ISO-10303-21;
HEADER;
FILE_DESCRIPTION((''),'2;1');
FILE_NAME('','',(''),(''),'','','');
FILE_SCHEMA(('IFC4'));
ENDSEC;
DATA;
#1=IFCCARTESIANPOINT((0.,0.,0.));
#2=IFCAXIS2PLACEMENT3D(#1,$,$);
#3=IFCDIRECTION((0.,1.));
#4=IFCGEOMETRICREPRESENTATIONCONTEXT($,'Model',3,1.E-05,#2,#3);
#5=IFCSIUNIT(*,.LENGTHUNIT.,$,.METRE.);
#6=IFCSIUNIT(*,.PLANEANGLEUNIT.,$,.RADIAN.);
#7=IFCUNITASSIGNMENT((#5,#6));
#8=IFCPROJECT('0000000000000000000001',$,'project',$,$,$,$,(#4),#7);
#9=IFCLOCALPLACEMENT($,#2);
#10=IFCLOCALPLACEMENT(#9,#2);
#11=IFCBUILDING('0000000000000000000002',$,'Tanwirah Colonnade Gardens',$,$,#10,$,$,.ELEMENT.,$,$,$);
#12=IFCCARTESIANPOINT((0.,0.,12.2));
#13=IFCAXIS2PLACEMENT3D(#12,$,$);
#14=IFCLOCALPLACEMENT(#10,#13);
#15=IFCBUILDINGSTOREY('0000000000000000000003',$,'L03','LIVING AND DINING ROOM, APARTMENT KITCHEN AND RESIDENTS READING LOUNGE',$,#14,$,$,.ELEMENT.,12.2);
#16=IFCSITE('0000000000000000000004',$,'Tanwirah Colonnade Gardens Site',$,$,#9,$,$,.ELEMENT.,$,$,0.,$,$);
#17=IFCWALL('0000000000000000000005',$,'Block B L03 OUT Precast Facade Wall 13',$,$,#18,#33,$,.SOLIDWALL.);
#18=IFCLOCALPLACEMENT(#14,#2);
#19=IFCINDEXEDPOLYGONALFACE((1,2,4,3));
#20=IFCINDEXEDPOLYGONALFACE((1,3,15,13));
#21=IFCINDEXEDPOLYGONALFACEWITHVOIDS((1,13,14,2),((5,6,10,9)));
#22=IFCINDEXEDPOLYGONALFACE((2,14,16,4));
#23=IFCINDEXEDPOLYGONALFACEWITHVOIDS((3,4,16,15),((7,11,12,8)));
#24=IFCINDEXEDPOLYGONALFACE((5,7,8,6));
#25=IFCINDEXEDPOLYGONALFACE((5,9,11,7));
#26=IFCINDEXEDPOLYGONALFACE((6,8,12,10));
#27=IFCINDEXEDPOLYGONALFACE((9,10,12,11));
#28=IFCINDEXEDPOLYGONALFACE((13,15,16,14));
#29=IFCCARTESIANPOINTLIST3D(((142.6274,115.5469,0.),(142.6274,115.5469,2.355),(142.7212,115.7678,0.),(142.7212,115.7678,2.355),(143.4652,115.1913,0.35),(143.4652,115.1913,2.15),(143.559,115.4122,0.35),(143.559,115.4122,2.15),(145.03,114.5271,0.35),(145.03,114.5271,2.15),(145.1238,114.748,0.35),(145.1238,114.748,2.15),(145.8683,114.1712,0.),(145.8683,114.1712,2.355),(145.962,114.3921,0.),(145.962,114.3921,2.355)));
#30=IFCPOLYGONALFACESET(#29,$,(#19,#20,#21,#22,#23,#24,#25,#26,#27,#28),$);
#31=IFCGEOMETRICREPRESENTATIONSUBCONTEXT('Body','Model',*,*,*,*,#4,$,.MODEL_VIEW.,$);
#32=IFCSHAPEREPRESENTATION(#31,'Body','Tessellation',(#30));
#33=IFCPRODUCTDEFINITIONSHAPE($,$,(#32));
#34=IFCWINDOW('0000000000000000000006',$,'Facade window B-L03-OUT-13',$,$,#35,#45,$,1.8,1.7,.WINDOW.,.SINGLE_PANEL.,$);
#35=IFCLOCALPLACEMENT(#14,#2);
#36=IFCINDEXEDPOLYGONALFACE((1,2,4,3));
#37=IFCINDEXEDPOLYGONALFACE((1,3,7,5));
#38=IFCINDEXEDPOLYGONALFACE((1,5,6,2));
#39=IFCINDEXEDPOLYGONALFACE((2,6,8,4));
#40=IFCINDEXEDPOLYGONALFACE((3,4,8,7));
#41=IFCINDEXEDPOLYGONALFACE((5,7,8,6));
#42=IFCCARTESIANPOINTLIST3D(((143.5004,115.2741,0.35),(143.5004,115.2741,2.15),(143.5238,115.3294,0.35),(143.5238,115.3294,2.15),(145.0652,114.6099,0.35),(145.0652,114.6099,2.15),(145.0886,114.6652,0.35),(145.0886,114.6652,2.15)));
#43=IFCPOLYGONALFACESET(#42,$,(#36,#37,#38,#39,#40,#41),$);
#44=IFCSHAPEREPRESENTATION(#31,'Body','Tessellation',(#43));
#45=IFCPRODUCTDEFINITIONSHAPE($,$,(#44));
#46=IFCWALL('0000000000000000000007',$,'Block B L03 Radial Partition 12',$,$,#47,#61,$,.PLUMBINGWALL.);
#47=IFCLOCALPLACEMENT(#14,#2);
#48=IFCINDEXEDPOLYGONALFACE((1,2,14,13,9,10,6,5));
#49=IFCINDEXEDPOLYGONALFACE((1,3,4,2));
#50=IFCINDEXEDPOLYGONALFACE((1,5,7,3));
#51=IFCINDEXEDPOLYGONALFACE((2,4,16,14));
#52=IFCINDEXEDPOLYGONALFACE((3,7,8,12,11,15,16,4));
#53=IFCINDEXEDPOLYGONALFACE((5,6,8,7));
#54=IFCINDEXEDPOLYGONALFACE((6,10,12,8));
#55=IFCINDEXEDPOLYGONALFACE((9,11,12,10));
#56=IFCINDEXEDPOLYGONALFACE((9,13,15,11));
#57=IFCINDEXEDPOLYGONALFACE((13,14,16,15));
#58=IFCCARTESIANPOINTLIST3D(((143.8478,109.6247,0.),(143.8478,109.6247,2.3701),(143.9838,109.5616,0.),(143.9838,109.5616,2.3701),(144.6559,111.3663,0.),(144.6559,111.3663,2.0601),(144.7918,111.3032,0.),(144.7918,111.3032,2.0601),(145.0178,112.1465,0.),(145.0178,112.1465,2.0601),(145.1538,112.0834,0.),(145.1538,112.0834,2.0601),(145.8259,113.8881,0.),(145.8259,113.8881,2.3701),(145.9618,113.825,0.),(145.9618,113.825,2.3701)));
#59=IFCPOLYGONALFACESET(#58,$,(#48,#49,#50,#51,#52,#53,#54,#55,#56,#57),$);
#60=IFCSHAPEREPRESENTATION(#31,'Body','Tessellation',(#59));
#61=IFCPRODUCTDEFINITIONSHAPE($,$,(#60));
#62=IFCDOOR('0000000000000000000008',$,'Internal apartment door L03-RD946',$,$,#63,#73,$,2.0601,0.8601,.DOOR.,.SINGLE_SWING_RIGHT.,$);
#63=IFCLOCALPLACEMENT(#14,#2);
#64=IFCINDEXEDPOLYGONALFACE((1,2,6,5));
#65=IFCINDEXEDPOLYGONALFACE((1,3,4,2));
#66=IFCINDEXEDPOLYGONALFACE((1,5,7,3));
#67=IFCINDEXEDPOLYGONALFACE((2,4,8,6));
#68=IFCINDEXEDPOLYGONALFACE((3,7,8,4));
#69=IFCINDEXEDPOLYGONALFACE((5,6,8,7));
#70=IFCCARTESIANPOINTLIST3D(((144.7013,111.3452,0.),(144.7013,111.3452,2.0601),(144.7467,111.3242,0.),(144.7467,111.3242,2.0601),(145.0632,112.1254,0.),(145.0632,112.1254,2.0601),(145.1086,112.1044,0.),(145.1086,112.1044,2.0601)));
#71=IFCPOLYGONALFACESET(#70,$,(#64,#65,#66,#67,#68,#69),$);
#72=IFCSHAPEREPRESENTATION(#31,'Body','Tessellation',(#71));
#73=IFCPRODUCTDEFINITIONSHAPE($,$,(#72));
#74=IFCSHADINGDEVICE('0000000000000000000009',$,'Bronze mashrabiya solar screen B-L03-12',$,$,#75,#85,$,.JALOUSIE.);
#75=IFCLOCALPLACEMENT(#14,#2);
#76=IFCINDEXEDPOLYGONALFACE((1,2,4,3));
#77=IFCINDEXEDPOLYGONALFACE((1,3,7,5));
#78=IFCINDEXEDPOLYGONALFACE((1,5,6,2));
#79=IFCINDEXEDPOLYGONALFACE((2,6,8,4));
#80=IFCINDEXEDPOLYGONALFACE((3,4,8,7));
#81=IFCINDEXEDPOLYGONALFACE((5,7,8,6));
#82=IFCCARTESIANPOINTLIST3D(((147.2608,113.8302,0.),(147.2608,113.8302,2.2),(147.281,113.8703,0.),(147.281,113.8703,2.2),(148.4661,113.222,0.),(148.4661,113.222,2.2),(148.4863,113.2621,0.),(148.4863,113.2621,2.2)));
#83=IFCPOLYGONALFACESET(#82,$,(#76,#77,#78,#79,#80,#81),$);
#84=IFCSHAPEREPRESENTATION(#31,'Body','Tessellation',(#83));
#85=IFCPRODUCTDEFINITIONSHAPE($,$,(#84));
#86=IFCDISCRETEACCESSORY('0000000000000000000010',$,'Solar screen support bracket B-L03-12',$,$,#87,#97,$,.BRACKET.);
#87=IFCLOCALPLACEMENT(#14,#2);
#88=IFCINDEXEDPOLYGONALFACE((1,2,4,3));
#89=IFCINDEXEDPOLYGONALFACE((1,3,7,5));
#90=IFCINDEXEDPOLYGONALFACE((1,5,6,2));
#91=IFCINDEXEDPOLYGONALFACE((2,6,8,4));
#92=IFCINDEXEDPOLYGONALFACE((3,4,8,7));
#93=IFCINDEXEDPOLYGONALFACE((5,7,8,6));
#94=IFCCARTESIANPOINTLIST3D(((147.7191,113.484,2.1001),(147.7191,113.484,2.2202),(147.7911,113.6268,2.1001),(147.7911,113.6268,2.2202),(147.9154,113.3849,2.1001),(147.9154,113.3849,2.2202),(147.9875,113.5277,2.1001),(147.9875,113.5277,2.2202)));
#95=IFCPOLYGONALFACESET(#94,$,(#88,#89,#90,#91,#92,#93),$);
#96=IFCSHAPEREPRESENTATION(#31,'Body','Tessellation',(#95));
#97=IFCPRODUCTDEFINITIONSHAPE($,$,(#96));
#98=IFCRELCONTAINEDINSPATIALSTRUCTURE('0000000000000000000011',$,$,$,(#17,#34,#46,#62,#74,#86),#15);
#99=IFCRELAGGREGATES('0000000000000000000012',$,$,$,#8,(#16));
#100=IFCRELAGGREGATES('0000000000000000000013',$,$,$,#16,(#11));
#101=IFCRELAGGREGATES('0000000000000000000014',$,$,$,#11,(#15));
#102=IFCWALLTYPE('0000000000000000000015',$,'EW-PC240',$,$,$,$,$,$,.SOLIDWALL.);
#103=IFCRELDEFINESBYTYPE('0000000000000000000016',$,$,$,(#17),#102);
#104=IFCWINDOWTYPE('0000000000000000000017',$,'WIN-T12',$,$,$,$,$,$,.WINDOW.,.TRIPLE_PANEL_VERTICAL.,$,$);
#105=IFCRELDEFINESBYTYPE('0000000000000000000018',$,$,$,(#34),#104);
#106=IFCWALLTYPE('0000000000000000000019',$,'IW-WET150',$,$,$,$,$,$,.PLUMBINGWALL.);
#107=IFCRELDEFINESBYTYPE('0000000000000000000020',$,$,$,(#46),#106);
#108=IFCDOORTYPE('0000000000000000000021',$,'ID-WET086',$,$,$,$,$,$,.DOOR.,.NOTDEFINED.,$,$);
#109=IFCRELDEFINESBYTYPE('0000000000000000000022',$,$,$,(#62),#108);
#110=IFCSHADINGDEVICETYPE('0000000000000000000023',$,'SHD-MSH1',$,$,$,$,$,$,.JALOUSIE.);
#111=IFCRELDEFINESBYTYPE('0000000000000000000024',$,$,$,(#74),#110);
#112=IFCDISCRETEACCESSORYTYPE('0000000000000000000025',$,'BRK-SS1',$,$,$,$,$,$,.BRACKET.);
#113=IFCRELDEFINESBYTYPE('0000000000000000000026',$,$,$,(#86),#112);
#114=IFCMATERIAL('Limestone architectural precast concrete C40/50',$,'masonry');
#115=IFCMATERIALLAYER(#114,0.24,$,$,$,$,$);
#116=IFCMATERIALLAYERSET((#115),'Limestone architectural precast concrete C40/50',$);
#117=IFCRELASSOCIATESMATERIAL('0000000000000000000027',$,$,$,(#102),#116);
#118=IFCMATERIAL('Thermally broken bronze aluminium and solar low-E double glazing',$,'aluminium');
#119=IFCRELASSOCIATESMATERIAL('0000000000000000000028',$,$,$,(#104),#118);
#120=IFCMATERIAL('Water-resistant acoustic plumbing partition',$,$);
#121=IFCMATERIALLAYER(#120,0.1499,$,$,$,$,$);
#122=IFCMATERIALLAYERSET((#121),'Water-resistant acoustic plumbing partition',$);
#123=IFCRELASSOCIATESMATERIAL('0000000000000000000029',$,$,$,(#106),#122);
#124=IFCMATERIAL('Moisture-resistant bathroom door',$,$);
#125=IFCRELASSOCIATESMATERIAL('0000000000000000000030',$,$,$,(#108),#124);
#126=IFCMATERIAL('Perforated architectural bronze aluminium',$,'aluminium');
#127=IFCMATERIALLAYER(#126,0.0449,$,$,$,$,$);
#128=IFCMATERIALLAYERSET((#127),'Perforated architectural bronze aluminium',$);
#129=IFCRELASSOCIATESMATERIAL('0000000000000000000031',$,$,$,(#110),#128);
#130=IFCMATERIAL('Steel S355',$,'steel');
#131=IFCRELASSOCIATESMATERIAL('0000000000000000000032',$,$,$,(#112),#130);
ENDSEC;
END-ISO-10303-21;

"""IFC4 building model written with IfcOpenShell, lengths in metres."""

from ifc_helpers import new_model, si_unit, direction, frame, frame_2d, origin, origin_2d, place, context, subcontext, project, spatial, rectangle, extrude, material, layer, layer_set, type_object, element, fill, save


model = new_model("IFC4")

# Units and contexts
model_context = context("Model", 3, precision=1e-05, world=origin(), true_north=direction((0.0, 1.0)))
body_context = subcontext(model_context, "Body", "Model", "MODEL_VIEW")
ifc_project = project(units=[si_unit("LENGTHUNIT", "METRE"), si_unit("PLANEANGLEUNIT", "RADIAN")], contexts=[model_context])

# Site, building, storey
site_placement = place(None, origin())
site = spatial("IfcSite", under=ifc_project, at=site_placement, Name="Tanwirah Colonnade Gardens Site", CompositionType="ELEMENT", RefElevation=0.0)
building_placement = place(site_placement, origin())
building = spatial("IfcBuilding", under=site, at=building_placement, Name="Tanwirah Colonnade Gardens", CompositionType="ELEMENT")
storey_placement = place(building_placement, frame((0.0, 0.0, 12.2)))
storey = spatial("IfcBuildingStorey", under=building, at=storey_placement, Name="L03", Description="LIVING AND DINING ROOM, APARTMENT KITCHEN AND RESIDENTS READING LOUNGE", CompositionType="ELEMENT", Elevation=12.2)

# Wall, opening, window
ifc_material_1 = material(Name="Limestone architectural precast concrete C40/50", Category="masonry")
ifc_layer_1 = layer(ifc_material_1, 0.24)
ifc_layer_set_1 = layer_set([ifc_layer_1], Name="Limestone architectural precast concrete C40/50")
wall_type_1 = type_object("IfcWallType", Name="EW-PC240", PredefinedType="SOLIDWALL", material=ifc_layer_set_1)
ifc_material_2 = material(Name="Thermally broken bronze aluminium and solar low-E double glazing", Category="aluminium")
wall_1_placement = place(storey_placement, frame((145.915, 114.2817, 0.0), z_axis=(0.0, 0.0, 1.0), x_axis=(-0.920502, 0.390737, 0.0)))
wall_1 = element("IfcWall", 1, at=wall_1_placement, inside=storey, type_object=wall_type_1, Name="Block B L03 OUT Precast Facade Wall 13", PredefinedType="SOLIDWALL", context=body_context, shape_type="SweptSolid", body=[
    extrude(rectangle(XDim=3.5208, YDim=0.24, at=frame_2d((1.7603, 0.0))), origin(), (0.0, 0.0, 1.0), 2.355),
])
opening_1_placement = place(wall_1_placement, frame((0.9104, 0.0, 0.3501)))
opening_1 = element("IfcOpeningElement", 2, at=opening_1_placement, cuts=wall_1, PredefinedType="OPENING", context=body_context, shape_type="SweptSolid", body=[
    extrude(rectangle(XDim=1.7, YDim=1.8, at=frame_2d((0.8501, 0.8999))), frame((0.0, 0.1299, 0.0), z_axis=(0.0, -1.0, 0.0), x_axis=(1.0, 0.0, 0.0)), (0.0, 0.0, 1.0), 0.26),
])
window_type_1 = type_object("IfcWindowType", Name="WIN-T12", PartitioningType="TRIPLE_PANEL_VERTICAL", PredefinedType="WINDOW", material=ifc_material_2)
window_1_placement = place(opening_1_placement, origin())
window_1 = element("IfcWindow", 3, at=window_1_placement, inside=storey, type_object=window_type_1, Name="Facade window B-L03-OUT-13", OverallHeight=1.8, OverallWidth=1.7, PartitioningType="SINGLE_PANEL", PredefinedType="WINDOW", context=body_context, shape_type="SweptSolid", body=[
    extrude(rectangle(XDim=1.7, YDim=1.8, at=frame_2d((0.8501, 0.8999))), frame((0.0, 0.03, 0.0), z_axis=(0.0, -1.0, 0.0), x_axis=(1.0, 0.0, 0.0)), (0.0, 0.0, 1.0), 0.0601),
])
fill(opening_1, window_1)

# Wall, opening, door
ifc_material_3 = material(Name="Water-resistant acoustic plumbing partition")
ifc_layer_2 = layer(ifc_material_3, 0.1499)
ifc_layer_set_2 = layer_set([ifc_layer_2], Name="Water-resistant acoustic plumbing partition")
wall_type_2 = type_object("IfcWallType", Name="IW-WET150", PredefinedType="PLUMBINGWALL", material=ifc_layer_set_2)
wall_2_placement = place(storey_placement, frame((143.9158, 109.593, 0.0), z_axis=(0.0, 0.0, 1.0), x_axis=(0.420863, 0.907124, 0.0)))
wall_2 = element("IfcWall", 4, at=wall_2_placement, inside=storey, type_object=wall_type_2, Name="Block B L03 Radial Partition 12", PredefinedType="PLUMBINGWALL", context=body_context, shape_type="SweptSolid", body=[
    extrude(rectangle(XDim=4.7, YDim=0.1499, at=frame_2d((2.3501, 0.0))), origin(), (0.0, 0.0, 1.0), 2.3701),
])
opening_2_placement = place(wall_2_placement, frame((1.9199, 0.0, 0.0)))
opening_2 = element("IfcOpeningElement", 5, at=opening_2_placement, cuts=wall_2, PredefinedType="OPENING", context=body_context, shape_type="SweptSolid", body=[
    extrude(rectangle(XDim=0.8601, YDim=2.0601, at=frame_2d((0.4302, 1.03))), frame((0.0, 0.085, 0.0), z_axis=(0.0, -1.0, 0.0), x_axis=(1.0, 0.0, 0.0)), (0.0, 0.0, 1.0), 0.1699),
])
ifc_material_4 = material(Name="Moisture-resistant bathroom door")
door_type_1 = type_object("IfcDoorType", Name="ID-WET086", OperationType="NOTDEFINED", PredefinedType="DOOR", material=ifc_material_4)
door_1_placement = place(opening_2_placement, origin())
door_1 = element("IfcDoor", 6, at=door_1_placement, inside=storey, type_object=door_type_1, Name="Internal apartment door L03-RD946", OperationType="SINGLE_SWING_RIGHT", OverallHeight=2.0601, OverallWidth=0.8601, PredefinedType="DOOR", context=body_context, shape_type="SweptSolid", body=[
    extrude(rectangle(XDim=0.8601, YDim=2.0601, at=frame_2d((0.4302, 1.03))), frame((0.0, 0.0249, 0.0), z_axis=(0.0, -1.0, 0.0), x_axis=(1.0, 0.0, 0.0)), (0.0, 0.0, 1.0), 0.05),
])
fill(opening_2, door_1)

# Shading device
ifc_material_5 = material(Name="Perforated architectural bronze aluminium", Category="aluminium")
ifc_layer_3 = layer(ifc_material_5, 0.0449)
ifc_layer_set_3 = layer_set([ifc_layer_3], Name="Perforated architectural bronze aluminium")
shading_device_type = type_object("IfcShadingDeviceType", Name="SHD-MSH1", PredefinedType="JALOUSIE", material=ifc_layer_set_3)
shading_device_placement = place(storey_placement, frame((147.8735, 113.5461, 0.0), z_axis=(0.0, 0.0, 1.0), x_axis=(-0.89276, 0.450533, 0.0)))
element("IfcShadingDevice", 7, at=shading_device_placement, inside=storey, type_object=shading_device_type, Name="Bronze mashrabiya solar screen B-L03-12", PredefinedType="JALOUSIE", context=body_context, shape_type="SweptSolid", body=[
    extrude(rectangle(XDim=1.3501, YDim=0.0449, at=origin_2d()), origin(), (0.0, 0.0, 1.0), 2.2),
])

# Discrete accessory
ifc_material_6 = material(Name="Steel S355", Category="steel")
discrete_accessory_type = type_object("IfcDiscreteAccessoryType", Name="BRK-SS1", PredefinedType="BRACKET", material=ifc_material_6)
discrete_accessory_placement = place(storey_placement, frame((147.8533, 113.5059, 2.1001), z_axis=(0.0, 0.0, 1.0), x_axis=(-0.89276, 0.450533, 0.0)))
element("IfcDiscreteAccessory", 8, at=discrete_accessory_placement, inside=storey, type_object=discrete_accessory_type, Name="Solar screen support bracket B-L03-12", PredefinedType="BRACKET", context=body_context, shape_type="SweptSolid", body=[
    extrude(rectangle(XDim=0.22, YDim=0.1599, at=origin_2d()), origin(), (0.0, 0.0, 1.0), 0.1201),
])

save(model, "model.ifc")
